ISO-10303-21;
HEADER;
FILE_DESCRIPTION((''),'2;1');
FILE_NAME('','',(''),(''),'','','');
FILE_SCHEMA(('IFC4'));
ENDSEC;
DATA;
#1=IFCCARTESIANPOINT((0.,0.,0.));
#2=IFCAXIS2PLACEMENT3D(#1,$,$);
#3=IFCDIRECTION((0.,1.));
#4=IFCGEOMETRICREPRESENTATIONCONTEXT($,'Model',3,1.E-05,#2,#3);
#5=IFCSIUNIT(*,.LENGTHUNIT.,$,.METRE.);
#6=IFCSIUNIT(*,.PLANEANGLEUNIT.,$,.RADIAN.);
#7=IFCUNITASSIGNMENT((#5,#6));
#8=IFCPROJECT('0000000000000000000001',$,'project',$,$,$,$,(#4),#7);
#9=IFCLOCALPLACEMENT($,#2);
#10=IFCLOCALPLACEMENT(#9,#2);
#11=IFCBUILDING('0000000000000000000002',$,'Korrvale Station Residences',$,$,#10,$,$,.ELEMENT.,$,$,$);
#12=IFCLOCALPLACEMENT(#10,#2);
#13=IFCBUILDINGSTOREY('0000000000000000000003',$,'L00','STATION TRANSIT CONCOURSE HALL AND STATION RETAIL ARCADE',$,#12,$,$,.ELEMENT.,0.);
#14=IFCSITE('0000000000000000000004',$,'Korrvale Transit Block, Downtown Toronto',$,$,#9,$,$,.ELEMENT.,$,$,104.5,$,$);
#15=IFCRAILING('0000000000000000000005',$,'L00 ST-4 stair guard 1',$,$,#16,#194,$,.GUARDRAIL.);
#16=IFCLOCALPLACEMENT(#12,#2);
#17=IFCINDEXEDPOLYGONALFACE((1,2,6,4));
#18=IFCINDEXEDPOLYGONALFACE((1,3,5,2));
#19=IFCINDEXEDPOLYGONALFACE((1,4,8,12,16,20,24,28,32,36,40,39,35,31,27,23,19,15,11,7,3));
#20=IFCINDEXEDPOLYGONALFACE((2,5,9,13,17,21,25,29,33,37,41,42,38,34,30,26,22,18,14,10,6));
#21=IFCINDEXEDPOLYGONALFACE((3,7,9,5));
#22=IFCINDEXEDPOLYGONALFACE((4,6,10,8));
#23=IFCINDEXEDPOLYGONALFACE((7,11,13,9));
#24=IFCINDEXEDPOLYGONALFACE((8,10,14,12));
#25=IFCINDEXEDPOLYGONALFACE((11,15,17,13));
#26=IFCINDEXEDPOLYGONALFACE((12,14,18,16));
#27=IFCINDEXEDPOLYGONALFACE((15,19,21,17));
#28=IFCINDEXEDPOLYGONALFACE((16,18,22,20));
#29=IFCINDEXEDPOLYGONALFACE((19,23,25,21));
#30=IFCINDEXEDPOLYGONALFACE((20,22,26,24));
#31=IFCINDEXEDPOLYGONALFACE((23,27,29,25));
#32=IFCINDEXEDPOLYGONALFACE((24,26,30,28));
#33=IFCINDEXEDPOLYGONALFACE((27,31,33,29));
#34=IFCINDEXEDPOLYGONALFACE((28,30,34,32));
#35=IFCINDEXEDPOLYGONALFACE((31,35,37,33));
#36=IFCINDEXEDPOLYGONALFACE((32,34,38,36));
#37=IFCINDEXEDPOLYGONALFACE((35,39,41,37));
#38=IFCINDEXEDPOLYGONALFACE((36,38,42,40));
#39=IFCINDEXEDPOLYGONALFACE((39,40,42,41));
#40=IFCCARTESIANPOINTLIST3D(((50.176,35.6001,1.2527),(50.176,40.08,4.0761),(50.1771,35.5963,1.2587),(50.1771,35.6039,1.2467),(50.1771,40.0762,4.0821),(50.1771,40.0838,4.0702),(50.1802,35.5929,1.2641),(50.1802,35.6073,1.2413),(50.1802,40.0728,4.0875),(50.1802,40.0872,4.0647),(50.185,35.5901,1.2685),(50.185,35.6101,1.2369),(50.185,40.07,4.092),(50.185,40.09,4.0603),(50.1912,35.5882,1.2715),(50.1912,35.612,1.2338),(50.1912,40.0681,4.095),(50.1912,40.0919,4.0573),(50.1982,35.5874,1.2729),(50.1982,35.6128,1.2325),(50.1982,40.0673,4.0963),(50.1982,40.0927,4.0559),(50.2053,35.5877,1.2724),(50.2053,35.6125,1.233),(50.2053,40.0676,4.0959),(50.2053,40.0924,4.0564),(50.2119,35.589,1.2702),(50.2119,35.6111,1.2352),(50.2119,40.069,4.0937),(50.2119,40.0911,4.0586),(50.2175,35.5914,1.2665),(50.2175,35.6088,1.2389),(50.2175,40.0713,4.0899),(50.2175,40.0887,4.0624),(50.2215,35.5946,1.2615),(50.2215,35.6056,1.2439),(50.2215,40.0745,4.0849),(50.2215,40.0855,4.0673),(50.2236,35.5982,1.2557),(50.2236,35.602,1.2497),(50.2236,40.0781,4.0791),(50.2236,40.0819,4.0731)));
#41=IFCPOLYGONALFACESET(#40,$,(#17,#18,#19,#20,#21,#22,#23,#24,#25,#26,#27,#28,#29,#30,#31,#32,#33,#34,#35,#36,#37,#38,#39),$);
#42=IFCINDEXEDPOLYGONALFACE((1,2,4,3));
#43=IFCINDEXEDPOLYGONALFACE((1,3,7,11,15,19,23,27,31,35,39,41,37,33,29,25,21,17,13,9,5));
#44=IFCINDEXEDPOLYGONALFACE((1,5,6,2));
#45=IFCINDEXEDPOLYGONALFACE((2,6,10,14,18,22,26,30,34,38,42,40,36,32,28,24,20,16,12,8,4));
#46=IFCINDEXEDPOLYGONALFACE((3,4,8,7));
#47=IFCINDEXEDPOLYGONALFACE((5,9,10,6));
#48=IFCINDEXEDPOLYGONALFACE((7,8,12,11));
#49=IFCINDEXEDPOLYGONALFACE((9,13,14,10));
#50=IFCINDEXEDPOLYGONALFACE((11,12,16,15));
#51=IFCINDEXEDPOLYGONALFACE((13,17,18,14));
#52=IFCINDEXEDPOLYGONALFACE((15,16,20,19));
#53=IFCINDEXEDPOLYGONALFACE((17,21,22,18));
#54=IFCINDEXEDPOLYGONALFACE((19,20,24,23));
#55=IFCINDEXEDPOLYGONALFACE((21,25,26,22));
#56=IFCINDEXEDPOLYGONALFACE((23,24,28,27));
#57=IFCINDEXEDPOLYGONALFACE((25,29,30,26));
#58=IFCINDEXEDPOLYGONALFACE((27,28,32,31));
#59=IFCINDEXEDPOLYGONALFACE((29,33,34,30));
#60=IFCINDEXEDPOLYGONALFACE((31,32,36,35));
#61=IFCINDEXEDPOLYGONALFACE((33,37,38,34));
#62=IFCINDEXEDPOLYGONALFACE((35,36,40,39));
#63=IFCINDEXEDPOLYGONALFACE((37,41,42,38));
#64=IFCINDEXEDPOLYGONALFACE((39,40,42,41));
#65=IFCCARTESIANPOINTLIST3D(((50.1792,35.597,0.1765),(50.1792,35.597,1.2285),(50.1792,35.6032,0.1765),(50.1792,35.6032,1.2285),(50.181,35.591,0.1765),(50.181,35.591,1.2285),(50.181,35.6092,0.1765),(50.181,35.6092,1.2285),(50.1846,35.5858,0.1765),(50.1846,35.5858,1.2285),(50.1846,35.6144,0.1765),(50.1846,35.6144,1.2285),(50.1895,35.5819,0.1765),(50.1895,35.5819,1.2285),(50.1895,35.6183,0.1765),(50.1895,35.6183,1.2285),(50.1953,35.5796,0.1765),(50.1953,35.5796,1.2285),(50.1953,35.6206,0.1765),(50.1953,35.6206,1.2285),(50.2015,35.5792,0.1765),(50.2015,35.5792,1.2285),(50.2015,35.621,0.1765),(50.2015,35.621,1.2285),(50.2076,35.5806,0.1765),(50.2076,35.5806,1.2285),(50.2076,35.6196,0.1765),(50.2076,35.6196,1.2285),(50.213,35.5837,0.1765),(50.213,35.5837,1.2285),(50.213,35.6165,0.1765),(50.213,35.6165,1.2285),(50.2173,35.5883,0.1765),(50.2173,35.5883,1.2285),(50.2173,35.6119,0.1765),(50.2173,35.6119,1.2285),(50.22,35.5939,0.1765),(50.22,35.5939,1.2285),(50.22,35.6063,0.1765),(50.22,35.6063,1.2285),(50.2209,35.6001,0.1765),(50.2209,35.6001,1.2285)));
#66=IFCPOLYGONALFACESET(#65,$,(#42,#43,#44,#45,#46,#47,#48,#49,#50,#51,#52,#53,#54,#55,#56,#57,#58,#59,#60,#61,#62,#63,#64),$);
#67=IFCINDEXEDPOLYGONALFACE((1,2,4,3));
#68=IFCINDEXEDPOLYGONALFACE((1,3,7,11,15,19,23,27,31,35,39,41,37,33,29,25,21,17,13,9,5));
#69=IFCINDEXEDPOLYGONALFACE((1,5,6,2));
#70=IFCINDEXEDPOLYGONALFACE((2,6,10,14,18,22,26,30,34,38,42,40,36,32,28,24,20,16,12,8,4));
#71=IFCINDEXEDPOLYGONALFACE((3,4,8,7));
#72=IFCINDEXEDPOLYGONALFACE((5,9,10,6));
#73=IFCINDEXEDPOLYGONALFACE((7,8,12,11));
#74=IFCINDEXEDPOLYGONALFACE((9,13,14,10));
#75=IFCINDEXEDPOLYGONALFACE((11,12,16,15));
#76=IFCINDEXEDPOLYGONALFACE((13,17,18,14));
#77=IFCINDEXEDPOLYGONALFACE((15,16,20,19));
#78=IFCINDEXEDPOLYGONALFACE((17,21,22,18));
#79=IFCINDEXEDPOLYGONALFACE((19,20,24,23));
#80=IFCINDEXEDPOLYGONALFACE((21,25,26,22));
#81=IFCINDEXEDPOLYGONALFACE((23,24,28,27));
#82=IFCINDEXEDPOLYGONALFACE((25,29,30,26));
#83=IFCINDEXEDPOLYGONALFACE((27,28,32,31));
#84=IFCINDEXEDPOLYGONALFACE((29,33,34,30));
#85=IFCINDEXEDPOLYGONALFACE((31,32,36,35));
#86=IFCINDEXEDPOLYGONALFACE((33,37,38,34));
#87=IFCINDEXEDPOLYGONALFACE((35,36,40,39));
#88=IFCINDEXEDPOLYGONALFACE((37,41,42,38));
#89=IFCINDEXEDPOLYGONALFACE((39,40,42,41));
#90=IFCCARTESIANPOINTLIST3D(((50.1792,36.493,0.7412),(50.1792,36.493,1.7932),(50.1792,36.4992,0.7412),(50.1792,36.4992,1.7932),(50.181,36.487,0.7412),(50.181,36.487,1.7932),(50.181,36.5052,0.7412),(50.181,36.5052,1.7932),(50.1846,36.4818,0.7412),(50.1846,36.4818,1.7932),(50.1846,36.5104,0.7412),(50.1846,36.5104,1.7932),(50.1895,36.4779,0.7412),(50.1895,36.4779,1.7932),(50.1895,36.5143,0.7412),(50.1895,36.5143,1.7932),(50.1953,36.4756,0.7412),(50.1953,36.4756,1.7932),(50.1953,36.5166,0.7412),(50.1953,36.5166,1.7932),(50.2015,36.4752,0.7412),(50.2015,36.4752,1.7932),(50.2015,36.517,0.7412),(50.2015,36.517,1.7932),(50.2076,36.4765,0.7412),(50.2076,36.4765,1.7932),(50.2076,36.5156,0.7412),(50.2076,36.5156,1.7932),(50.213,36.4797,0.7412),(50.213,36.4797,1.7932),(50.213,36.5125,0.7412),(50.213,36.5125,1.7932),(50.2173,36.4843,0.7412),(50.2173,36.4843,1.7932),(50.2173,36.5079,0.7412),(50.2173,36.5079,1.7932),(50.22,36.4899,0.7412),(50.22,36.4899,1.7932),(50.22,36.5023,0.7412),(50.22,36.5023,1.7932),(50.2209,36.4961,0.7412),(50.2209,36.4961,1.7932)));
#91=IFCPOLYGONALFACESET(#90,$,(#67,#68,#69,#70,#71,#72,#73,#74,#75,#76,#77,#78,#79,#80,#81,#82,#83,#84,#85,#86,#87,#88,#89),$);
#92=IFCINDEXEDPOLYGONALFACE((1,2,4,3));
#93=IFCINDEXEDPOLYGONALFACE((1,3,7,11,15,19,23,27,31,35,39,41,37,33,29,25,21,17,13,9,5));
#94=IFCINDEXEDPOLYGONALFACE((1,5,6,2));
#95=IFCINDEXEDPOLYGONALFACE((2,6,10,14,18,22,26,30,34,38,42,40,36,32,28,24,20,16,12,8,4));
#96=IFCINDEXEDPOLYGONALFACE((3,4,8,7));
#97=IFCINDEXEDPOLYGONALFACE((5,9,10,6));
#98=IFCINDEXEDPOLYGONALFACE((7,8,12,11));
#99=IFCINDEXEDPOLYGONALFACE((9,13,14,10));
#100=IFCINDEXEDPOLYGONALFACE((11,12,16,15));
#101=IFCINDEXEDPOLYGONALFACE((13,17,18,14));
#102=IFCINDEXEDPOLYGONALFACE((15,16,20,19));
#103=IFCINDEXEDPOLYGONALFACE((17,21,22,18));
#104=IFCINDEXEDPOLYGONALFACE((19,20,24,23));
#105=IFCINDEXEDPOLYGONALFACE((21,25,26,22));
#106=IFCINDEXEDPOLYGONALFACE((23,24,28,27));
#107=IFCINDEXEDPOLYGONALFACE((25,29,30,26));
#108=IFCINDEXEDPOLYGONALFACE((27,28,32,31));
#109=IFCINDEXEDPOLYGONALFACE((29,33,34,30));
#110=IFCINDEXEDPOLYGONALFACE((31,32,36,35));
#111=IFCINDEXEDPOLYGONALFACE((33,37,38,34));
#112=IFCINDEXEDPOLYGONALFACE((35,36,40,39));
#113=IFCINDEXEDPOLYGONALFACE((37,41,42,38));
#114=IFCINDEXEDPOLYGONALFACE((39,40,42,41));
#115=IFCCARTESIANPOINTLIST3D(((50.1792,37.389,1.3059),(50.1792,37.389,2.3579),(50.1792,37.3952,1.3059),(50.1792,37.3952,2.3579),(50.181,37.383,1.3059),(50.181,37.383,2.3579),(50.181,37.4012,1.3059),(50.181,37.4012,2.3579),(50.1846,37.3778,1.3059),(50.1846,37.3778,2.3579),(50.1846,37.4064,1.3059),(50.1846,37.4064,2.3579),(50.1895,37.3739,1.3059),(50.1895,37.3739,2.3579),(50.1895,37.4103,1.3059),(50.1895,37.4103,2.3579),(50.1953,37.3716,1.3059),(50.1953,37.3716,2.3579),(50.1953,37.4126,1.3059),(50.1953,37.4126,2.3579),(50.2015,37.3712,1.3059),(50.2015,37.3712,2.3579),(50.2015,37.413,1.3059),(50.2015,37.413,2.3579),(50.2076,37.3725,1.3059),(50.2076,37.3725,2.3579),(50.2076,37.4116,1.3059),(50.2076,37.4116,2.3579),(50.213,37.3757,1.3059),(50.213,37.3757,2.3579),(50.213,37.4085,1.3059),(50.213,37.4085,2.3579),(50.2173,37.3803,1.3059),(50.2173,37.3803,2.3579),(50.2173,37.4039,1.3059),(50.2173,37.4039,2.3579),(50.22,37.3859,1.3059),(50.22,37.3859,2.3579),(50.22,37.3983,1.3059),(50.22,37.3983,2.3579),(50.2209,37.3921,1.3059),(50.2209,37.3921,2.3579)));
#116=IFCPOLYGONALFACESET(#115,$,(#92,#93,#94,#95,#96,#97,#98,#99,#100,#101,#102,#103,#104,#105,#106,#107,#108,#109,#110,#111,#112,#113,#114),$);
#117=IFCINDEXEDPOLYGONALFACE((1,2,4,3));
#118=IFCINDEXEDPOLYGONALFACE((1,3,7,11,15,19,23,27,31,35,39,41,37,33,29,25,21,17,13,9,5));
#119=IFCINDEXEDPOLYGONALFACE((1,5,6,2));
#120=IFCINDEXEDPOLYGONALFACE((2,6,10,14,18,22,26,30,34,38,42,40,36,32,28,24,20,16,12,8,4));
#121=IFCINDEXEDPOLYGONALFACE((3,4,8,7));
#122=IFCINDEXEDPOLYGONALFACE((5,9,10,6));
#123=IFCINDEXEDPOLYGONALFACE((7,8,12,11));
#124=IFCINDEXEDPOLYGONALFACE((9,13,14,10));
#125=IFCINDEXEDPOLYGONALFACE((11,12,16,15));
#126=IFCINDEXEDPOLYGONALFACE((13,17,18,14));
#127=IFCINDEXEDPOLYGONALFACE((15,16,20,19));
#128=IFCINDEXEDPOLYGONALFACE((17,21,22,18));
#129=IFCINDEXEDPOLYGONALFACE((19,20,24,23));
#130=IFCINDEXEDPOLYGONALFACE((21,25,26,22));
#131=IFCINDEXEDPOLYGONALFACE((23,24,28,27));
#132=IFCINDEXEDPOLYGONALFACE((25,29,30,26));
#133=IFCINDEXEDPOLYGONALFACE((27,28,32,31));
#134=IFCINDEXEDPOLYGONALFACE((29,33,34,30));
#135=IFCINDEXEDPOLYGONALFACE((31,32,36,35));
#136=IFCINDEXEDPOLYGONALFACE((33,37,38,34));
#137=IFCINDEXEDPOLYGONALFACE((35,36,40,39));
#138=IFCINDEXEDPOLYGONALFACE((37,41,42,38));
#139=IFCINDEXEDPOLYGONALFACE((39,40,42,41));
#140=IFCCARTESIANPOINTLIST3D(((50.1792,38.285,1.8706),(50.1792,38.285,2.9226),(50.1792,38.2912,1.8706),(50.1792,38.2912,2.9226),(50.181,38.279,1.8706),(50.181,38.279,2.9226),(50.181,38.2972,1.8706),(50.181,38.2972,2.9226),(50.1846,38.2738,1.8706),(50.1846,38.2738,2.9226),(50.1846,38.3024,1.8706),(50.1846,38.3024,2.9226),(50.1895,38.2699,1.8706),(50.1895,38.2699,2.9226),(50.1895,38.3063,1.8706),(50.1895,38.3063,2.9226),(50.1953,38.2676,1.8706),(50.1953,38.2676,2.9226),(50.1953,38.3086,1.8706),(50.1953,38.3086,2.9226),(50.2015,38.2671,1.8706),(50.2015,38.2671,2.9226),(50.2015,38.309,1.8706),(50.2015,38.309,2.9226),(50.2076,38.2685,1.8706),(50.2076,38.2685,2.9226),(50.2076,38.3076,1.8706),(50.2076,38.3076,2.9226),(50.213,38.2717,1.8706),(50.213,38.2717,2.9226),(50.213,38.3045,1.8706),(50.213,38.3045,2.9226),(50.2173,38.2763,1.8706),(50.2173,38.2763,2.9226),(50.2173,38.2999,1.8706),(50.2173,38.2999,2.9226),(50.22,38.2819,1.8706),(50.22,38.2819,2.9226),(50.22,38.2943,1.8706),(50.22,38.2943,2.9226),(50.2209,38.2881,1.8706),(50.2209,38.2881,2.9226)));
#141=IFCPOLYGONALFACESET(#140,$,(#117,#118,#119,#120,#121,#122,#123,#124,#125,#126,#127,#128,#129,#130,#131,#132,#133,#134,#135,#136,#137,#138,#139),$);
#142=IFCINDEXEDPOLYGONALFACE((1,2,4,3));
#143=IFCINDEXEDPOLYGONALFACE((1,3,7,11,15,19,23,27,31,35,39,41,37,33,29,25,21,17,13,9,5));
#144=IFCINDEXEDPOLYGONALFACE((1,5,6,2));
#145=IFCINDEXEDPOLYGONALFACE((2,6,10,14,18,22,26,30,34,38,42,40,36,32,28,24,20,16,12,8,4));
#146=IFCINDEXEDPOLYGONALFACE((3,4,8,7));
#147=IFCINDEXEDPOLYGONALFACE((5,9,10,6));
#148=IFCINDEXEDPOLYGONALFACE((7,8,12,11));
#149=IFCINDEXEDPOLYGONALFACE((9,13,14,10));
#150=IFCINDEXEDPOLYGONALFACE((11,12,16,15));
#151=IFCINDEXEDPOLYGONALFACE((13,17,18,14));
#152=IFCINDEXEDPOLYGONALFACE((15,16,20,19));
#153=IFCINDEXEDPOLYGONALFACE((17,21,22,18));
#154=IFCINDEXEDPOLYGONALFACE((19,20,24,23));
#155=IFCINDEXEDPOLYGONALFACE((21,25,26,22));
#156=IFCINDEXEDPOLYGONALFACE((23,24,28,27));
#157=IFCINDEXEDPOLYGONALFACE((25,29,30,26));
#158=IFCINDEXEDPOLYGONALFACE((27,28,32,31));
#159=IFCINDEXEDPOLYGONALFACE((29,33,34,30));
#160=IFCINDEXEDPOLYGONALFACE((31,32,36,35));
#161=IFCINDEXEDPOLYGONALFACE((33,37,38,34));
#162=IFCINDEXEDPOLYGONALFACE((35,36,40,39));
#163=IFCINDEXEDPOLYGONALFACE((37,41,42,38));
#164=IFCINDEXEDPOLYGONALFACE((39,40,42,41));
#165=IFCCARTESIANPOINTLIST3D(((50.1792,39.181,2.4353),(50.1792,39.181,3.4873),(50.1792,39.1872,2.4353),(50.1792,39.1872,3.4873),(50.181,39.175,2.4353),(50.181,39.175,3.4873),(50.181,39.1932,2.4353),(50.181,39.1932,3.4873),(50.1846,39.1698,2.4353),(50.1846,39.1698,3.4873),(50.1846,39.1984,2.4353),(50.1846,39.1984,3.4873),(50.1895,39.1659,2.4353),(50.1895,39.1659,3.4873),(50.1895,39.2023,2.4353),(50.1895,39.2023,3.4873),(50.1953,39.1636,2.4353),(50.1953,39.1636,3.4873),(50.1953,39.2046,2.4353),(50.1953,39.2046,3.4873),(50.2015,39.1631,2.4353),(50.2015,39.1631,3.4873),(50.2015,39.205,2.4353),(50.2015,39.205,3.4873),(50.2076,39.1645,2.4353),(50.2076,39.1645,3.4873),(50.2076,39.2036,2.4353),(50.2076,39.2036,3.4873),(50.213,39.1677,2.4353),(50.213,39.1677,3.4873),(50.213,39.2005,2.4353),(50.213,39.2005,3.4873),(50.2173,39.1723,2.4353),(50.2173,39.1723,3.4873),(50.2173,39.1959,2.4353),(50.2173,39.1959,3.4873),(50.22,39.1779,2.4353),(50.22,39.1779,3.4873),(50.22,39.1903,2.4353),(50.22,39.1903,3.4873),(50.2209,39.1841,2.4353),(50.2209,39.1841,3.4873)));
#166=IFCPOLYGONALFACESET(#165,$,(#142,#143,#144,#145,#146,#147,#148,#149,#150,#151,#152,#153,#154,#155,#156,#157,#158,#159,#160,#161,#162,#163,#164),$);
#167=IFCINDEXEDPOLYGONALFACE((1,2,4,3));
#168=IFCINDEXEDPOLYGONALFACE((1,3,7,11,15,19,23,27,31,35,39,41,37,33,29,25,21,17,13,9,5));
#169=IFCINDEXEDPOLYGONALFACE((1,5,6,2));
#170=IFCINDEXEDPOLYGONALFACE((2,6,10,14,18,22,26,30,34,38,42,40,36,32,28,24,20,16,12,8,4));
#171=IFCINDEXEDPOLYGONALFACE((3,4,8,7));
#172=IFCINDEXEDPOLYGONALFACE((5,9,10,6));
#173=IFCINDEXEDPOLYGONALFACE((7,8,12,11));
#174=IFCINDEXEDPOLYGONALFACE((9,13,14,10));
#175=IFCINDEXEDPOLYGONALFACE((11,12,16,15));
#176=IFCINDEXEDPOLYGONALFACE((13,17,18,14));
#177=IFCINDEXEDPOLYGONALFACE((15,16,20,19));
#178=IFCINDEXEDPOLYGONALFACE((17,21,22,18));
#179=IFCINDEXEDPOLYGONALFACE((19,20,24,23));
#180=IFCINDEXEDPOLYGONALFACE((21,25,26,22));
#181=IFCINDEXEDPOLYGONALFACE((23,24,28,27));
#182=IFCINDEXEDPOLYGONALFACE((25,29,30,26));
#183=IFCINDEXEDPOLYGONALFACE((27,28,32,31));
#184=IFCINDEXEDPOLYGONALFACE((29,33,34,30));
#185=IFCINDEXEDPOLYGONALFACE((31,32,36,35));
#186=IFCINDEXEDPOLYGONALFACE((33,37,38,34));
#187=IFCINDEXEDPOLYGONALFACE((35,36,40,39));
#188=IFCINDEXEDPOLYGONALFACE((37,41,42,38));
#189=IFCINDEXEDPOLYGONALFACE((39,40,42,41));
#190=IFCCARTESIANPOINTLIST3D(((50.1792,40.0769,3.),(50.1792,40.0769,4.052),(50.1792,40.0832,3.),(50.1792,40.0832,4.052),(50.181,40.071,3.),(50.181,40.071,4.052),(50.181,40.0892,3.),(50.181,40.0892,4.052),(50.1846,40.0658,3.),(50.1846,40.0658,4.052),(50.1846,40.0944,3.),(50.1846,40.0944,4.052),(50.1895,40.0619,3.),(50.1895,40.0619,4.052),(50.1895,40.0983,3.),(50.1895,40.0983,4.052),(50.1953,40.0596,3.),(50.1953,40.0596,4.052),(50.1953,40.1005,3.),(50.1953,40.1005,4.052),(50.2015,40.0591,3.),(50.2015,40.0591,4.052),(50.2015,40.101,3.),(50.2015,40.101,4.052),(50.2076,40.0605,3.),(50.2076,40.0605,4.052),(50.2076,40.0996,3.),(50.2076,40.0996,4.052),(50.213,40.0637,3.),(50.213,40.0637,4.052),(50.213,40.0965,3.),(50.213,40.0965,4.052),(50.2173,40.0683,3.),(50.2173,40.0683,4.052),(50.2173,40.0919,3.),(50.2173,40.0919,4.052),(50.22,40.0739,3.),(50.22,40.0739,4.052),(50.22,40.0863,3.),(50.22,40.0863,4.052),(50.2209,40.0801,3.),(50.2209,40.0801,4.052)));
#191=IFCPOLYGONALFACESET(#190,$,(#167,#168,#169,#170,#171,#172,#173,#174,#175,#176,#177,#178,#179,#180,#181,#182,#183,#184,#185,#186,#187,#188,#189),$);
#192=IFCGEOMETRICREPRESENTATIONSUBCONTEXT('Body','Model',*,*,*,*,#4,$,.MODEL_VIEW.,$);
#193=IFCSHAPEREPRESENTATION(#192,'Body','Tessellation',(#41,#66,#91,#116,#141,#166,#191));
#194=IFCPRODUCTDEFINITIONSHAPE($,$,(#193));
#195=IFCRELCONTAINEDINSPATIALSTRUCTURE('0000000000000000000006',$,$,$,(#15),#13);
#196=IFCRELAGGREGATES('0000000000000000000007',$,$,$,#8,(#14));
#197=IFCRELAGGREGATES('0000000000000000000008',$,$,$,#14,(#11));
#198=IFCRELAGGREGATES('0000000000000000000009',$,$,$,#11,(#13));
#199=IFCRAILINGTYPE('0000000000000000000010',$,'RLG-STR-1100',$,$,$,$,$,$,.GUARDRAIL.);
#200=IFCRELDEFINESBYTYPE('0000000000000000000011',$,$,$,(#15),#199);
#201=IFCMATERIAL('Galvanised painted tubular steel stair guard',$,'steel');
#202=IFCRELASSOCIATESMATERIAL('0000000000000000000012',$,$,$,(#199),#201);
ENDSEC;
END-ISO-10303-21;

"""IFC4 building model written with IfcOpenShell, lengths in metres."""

from ifc_helpers import new_model, si_unit, direction, frame, origin, origin_2d, place, context, subcontext, project, spatial, circle, extrude, material, type_object, element, save


model = new_model("IFC4")

# Units and contexts
model_context = context("Model", 3, precision=1e-05, world=origin(), true_north=direction((0.0, 1.0)))
body_context = subcontext(model_context, "Body", "Model", "MODEL_VIEW")
ifc_project = project(units=[si_unit("LENGTHUNIT", "METRE"), si_unit("PLANEANGLEUNIT", "RADIAN")], contexts=[model_context])

# Site, building, storey
site_placement = place(None, origin())
site = spatial("IfcSite", under=ifc_project, at=site_placement, Name="Korrvale Transit Block, Downtown Toronto", CompositionType="ELEMENT", RefElevation=104.5)
building_placement = place(site_placement, origin())
building = spatial("IfcBuilding", under=site, at=building_placement, Name="Korrvale Station Residences", CompositionType="ELEMENT")
storey_placement = place(building_placement, origin())
storey = spatial("IfcBuildingStorey", under=building, at=storey_placement, Name="L00", Description="STATION TRANSIT CONCOURSE HALL AND STATION RETAIL ARCADE", CompositionType="ELEMENT", Elevation=0.0)

# Railing
ifc_material_1 = material(Name="Galvanised painted tubular steel stair guard", Category="steel")
railing_type_1 = type_object("IfcRailingType", Name="RLG-STR-1100", PredefinedType="GUARDRAIL", material=ifc_material_1)
railing_1_placement = place(storey_placement, frame((50.2, 35.6001, 0.1765)))
element("IfcRailing", 1, at=railing_1_placement, inside=storey, type_object=railing_type_1, Name="L00 ST-4 stair guard 1", PredefinedType="GUARDRAIL", context=body_context, shape_type="SweptSolid", body=[
    extrude(circle(Radius=0.0239, at=origin_2d()), frame((0.0, 0.0, 1.0762), z_axis=(0.0, 0.845998, 0.533186), x_axis=(-1.0, 0.0, 0.0)), (0.0, 0.0, 1.0), 5.2954),
    extrude(circle(Radius=0.021, at=origin_2d()), origin(), (0.0, 0.0, 1.0), 1.052),
    extrude(circle(Radius=0.021, at=origin_2d()), frame((0.0, 0.896, 0.5647)), (0.0, 0.0, 1.0), 1.052),
    extrude(circle(Radius=0.021, at=origin_2d()), frame((0.0, 1.792, 1.1294)), (0.0, 0.0, 1.0), 1.052),
    extrude(circle(Radius=0.021, at=origin_2d()), frame((0.0, 2.688, 1.6941)), (0.0, 0.0, 1.0), 1.052),
    extrude(circle(Radius=0.021, at=origin_2d()), frame((0.0, 3.584, 2.2588)), (0.0, 0.0, 1.0), 1.052),
    extrude(circle(Radius=0.021, at=origin_2d()), frame((0.0, 4.48, 2.8235)), (0.0, 0.0, 1.0), 1.052),
])

save(model, "model.ifc")
